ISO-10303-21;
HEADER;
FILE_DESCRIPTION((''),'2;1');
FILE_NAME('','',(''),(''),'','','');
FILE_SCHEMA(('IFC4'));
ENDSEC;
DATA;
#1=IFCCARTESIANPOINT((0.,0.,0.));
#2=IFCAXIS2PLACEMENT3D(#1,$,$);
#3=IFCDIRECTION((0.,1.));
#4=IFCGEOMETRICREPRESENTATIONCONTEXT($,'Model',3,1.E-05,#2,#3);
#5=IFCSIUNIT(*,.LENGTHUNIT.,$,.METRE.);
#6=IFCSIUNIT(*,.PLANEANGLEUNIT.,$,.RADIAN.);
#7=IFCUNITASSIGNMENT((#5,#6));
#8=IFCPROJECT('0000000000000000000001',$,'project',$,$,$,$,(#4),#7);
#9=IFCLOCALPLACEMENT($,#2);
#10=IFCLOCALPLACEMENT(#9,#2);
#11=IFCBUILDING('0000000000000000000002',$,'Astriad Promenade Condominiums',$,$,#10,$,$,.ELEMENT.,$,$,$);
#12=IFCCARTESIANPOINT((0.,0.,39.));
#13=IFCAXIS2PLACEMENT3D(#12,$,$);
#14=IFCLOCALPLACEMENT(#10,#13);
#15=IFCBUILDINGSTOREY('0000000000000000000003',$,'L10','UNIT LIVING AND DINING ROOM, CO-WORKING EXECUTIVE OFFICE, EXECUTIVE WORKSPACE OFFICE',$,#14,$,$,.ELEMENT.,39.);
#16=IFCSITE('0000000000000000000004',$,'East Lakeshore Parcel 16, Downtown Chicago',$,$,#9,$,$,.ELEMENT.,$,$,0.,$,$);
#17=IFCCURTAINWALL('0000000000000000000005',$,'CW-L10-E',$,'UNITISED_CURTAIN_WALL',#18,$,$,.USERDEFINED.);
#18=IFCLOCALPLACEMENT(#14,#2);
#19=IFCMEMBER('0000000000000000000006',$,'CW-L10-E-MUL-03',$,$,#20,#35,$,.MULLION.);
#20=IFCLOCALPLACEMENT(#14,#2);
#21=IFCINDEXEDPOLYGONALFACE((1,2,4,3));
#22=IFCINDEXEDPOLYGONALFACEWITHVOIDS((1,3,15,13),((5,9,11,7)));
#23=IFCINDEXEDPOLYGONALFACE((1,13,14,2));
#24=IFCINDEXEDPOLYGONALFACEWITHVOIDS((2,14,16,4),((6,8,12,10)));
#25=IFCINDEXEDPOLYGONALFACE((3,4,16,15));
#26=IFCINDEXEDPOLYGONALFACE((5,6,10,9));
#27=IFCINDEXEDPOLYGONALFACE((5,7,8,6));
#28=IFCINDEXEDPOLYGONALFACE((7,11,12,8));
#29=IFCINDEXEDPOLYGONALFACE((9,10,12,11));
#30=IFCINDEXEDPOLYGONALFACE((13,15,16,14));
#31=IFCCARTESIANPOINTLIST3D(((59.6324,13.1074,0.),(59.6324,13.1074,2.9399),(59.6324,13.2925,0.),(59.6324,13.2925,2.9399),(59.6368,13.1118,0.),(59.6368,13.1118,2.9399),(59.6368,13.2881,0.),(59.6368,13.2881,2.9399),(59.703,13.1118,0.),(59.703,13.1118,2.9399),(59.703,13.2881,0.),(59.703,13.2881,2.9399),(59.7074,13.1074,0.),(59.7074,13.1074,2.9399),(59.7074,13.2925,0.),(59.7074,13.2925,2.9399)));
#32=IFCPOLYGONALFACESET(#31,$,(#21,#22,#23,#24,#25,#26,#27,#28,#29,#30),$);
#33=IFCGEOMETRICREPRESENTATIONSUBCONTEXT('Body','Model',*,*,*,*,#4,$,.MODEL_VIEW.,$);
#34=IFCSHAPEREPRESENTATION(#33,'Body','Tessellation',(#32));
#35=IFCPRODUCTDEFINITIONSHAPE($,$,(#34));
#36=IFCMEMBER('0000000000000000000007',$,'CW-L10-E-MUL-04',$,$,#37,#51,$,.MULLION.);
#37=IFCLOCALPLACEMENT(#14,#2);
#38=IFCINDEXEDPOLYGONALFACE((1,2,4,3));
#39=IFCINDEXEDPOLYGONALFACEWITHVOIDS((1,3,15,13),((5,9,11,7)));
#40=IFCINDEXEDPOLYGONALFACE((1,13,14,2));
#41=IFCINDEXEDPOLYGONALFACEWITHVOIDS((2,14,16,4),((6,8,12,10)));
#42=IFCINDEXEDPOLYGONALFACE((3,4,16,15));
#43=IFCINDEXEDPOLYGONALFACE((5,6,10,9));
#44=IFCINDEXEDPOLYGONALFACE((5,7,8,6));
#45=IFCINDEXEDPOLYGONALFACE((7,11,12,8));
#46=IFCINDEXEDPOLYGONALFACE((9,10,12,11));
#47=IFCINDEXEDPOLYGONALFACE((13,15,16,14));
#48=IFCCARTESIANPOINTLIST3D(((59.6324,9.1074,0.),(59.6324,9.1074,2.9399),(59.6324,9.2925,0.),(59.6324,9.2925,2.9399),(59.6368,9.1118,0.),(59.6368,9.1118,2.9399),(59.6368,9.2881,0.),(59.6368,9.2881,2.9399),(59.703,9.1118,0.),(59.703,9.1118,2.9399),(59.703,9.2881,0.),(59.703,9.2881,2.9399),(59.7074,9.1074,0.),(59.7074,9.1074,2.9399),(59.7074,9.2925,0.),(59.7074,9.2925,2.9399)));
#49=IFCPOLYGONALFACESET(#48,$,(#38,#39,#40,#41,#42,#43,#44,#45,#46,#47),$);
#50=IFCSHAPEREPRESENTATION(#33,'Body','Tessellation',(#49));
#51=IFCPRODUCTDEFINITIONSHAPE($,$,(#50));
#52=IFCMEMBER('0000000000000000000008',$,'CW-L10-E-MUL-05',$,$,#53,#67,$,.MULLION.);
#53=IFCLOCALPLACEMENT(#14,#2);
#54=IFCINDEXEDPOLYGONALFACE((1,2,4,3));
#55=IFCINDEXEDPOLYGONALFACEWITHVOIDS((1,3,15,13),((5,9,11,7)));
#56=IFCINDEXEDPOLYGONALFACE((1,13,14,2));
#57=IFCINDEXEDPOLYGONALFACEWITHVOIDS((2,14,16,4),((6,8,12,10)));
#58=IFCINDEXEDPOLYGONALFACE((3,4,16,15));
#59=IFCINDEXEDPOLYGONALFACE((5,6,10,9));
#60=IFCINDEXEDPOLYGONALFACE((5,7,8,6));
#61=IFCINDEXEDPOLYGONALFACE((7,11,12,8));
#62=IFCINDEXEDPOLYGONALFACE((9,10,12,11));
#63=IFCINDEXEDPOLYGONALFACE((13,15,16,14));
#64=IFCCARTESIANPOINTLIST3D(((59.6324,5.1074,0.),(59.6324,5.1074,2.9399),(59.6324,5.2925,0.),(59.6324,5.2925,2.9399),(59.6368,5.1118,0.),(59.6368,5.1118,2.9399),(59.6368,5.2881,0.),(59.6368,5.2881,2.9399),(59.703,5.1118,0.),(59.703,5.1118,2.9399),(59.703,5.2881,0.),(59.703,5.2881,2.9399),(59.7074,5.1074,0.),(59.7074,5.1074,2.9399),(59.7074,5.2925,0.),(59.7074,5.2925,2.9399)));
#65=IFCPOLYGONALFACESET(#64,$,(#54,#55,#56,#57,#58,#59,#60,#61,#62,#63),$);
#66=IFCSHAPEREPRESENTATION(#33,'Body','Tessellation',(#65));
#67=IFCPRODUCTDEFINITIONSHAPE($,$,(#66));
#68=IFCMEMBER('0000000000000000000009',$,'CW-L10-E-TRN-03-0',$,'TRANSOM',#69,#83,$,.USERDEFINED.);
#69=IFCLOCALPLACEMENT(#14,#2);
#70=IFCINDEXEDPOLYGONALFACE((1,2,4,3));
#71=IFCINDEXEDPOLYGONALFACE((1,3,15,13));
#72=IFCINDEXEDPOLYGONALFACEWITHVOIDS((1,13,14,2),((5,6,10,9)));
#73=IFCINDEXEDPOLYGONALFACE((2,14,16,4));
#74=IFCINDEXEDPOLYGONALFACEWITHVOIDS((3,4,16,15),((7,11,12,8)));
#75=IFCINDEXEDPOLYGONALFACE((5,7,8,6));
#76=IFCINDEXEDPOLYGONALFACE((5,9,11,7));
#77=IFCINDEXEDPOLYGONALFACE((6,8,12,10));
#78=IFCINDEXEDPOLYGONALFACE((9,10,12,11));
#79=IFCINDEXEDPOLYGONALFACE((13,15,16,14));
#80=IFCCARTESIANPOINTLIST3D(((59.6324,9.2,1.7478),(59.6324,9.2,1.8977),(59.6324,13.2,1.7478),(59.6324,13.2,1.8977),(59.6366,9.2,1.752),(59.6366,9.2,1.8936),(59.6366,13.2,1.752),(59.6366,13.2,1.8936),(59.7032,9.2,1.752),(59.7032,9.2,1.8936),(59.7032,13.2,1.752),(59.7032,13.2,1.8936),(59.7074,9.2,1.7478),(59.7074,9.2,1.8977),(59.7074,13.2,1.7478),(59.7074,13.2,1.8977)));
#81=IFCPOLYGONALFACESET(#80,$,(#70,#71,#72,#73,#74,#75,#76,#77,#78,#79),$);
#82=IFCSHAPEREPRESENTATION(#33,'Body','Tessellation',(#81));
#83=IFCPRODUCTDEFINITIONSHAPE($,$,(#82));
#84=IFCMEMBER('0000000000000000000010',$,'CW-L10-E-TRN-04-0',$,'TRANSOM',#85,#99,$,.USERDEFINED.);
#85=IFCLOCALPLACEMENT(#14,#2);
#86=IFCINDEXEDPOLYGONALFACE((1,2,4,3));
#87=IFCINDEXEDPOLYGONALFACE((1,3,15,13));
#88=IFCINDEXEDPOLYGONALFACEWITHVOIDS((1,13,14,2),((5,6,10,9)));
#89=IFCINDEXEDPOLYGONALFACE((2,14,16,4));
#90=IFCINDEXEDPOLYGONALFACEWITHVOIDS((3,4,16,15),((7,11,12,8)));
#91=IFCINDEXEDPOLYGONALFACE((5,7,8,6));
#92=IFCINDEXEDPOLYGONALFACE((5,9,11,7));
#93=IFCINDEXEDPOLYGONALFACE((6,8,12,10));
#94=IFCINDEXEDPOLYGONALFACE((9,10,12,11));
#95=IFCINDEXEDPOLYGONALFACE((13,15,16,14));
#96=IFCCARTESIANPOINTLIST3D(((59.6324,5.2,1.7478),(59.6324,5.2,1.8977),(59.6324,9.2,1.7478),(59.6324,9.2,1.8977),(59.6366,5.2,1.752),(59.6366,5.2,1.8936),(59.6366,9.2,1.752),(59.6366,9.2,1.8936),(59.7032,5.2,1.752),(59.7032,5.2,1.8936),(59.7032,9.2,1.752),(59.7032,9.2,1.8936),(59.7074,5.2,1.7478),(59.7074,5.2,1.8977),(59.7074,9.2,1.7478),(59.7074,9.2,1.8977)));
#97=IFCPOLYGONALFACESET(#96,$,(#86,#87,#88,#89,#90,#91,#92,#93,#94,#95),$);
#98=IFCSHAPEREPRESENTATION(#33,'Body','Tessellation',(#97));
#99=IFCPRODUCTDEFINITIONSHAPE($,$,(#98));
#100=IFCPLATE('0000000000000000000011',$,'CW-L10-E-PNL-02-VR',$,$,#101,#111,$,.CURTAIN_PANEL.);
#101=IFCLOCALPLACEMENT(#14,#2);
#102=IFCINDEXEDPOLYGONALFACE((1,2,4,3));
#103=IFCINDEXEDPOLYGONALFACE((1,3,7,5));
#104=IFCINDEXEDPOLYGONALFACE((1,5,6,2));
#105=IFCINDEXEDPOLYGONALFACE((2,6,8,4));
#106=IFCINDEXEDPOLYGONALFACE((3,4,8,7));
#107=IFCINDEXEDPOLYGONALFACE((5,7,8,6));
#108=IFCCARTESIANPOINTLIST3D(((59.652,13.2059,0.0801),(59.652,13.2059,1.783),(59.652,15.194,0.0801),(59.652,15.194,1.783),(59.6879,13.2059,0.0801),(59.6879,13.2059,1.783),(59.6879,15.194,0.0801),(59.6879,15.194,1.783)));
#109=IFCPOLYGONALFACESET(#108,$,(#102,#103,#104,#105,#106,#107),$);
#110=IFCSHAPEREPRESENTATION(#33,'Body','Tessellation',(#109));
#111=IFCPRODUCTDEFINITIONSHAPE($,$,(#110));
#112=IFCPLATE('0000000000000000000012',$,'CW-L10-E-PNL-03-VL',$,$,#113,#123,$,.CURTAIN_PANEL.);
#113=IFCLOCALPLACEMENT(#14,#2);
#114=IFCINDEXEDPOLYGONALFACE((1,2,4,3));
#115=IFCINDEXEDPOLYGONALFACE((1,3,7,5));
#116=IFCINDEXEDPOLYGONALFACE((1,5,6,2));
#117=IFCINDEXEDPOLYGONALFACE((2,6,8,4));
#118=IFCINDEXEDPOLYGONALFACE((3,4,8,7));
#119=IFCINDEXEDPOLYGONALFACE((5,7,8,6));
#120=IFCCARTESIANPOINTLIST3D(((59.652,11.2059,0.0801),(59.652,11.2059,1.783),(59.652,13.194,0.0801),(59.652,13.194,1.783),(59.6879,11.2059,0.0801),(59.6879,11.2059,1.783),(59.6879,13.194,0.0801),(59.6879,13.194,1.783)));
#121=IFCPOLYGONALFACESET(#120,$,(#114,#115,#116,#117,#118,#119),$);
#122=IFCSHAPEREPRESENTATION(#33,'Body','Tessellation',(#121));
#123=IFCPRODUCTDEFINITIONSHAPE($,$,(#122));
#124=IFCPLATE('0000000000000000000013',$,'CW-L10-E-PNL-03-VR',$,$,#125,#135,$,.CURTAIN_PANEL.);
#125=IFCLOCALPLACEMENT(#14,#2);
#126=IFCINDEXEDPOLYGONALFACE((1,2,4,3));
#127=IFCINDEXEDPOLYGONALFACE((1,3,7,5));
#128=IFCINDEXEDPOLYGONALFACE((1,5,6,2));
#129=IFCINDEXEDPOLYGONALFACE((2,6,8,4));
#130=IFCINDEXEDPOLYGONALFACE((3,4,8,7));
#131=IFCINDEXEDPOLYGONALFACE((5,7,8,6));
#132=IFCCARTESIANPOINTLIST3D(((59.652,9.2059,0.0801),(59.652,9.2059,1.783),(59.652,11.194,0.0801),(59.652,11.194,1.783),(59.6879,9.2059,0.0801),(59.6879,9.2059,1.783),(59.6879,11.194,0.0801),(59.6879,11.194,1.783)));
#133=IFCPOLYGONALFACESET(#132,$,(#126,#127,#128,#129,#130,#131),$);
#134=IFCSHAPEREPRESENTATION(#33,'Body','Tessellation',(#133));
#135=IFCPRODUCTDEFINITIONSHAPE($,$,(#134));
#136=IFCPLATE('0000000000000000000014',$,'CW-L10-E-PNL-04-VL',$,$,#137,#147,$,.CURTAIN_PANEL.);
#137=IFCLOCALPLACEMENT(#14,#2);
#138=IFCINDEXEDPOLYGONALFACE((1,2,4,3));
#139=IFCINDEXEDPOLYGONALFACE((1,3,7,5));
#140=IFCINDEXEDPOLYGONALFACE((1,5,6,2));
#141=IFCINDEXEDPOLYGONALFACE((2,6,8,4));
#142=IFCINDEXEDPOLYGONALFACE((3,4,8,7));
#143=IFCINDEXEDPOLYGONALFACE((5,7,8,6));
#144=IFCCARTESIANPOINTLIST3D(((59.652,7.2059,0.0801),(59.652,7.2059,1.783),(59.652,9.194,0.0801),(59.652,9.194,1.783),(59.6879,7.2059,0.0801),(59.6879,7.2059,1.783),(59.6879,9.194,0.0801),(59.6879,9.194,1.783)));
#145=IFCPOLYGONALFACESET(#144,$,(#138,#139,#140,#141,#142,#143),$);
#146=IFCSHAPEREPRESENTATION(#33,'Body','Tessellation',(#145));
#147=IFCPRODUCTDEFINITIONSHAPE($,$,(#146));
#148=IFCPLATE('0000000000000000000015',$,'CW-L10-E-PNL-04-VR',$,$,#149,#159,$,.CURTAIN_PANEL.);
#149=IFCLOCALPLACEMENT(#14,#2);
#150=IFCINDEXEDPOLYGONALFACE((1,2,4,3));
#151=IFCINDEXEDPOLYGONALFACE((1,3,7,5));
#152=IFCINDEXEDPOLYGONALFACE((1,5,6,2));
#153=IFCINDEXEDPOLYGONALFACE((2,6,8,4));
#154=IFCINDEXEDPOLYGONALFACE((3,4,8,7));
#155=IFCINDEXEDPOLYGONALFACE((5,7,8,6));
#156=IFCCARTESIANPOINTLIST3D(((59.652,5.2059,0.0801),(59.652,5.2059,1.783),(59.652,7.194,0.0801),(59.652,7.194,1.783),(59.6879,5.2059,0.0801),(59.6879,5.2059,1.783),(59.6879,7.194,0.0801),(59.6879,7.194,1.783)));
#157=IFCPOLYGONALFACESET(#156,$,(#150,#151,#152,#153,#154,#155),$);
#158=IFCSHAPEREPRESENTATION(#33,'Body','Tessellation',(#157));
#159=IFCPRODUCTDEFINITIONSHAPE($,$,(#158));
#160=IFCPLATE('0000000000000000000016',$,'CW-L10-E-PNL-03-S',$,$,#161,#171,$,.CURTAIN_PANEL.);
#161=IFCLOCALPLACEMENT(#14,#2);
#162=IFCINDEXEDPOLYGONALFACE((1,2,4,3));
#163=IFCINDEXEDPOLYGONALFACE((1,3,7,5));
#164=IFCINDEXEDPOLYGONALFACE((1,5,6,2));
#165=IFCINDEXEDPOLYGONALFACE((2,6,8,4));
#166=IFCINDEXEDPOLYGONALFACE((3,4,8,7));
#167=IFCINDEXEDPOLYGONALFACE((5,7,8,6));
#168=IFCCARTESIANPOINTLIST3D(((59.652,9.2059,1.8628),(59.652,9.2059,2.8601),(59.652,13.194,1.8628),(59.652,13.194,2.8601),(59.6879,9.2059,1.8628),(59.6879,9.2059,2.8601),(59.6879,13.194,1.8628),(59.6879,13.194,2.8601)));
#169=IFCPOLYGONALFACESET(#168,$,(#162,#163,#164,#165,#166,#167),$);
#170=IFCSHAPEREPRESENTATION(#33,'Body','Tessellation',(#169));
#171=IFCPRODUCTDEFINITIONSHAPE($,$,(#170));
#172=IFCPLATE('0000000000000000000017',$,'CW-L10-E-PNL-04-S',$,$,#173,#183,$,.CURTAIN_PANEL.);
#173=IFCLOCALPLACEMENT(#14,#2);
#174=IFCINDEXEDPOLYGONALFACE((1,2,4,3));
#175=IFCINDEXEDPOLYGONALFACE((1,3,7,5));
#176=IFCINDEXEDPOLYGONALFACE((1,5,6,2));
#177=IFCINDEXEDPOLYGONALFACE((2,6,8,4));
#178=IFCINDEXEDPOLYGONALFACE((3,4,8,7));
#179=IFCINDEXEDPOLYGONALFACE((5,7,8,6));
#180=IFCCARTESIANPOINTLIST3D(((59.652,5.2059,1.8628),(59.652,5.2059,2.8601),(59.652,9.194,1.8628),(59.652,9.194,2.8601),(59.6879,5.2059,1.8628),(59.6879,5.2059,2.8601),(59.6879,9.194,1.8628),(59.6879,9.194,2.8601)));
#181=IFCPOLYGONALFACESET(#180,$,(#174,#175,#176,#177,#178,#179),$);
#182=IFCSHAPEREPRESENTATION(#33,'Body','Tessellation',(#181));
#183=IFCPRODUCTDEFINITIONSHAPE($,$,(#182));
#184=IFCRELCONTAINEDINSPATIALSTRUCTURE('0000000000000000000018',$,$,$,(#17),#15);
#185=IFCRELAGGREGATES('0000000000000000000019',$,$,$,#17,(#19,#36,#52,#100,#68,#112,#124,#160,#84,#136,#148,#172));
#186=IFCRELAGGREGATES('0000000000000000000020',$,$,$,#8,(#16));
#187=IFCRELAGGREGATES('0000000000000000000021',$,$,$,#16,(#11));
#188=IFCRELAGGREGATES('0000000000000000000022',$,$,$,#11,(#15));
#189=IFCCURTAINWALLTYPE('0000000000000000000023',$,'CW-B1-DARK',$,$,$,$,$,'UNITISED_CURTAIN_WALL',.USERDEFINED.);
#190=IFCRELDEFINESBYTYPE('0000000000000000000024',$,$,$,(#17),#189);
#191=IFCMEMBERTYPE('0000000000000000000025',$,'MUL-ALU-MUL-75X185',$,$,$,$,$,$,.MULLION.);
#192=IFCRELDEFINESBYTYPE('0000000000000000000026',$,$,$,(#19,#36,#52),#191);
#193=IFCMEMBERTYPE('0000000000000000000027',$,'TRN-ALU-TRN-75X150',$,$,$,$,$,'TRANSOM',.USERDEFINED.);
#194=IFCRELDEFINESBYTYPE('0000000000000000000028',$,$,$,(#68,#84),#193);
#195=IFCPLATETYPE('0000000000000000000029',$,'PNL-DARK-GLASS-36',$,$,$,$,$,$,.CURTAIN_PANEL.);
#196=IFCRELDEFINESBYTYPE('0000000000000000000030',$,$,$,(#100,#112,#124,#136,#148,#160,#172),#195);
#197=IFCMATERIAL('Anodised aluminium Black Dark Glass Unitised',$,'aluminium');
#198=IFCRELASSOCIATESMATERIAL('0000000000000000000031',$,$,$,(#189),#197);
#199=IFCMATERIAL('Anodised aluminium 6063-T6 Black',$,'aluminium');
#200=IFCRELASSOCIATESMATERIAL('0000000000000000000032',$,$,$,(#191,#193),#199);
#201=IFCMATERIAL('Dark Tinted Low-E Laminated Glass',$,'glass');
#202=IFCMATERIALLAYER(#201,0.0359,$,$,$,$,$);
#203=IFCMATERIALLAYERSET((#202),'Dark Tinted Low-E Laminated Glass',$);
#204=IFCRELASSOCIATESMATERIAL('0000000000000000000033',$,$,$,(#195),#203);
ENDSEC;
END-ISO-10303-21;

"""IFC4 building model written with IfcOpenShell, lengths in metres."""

from ifc_helpers import new_model, si_unit, direction, frame, origin, origin_2d, place, context, subcontext, project, spatial, rectangle, hollow_rectangle, extrude, source, transform, mapped, material, layer, layer_set, material_profile, profile_set, type_object, type_shapes, element, aggregate, save


model = new_model("IFC4")

# Units and contexts
model_context = context("Model", 3, precision=1e-05, world=origin(), true_north=direction((0.0, 1.0)))
body_context = subcontext(model_context, "Body", "Model", "MODEL_VIEW")
ifc_project = project(units=[si_unit("LENGTHUNIT", "METRE"), si_unit("PLANEANGLEUNIT", "RADIAN")], contexts=[model_context])

# Site, building, storey
site_placement = place(None, origin())
site = spatial("IfcSite", under=ifc_project, at=site_placement, Name="East Lakeshore Parcel 16, Downtown Chicago", CompositionType="ELEMENT", RefElevation=0.0)
building_placement = place(site_placement, origin())
building = spatial("IfcBuilding", under=site, at=building_placement, Name="Astriad Promenade Condominiums", CompositionType="ELEMENT")
storey_placement = place(building_placement, frame((0.0, 0.0, 39.0)))
storey = spatial("IfcBuildingStorey", under=building, at=storey_placement, Name="L10", Description="UNIT LIVING AND DINING ROOM, CO-WORKING EXECUTIVE OFFICE, EXECUTIVE WORKSPACE OFFICE", CompositionType="ELEMENT", Elevation=39.0)

# Curtain wall, members, plates
ifc_material_1 = material(Name="Anodised aluminium Black Dark Glass Unitised", Category="aluminium")
curtain_wall_type = type_object("IfcCurtainWallType", Name="CW-B1-DARK", ElementType="UNITISED_CURTAIN_WALL", PredefinedType="USERDEFINED", material=ifc_material_1)
curtain_wall_placement = place(storey_placement, origin())
curtain_wall = element("IfcCurtainWall", 1, at=curtain_wall_placement, inside=storey, type_object=curtain_wall_type, Name="CW-L10-E", ObjectType="UNITISED_CURTAIN_WALL", PredefinedType="USERDEFINED")
ifc_material_2 = material(Name="Anodised aluminium 6063-T6 Black", Category="aluminium")
ifc_material_profile_1 = material_profile(ifc_material_2, hollow_rectangle(XDim=0.075, YDim=0.1851, WallThickness=0.0044, at=origin_2d()), Name="ALU-MUL-75X185")
ifc_profile_set_1 = profile_set([ifc_material_profile_1], Name="Anodised aluminium 6063-T6 Black")
member_type_1 = type_object("IfcMemberType", Name="MUL-ALU-MUL-75X185", PredefinedType="MULLION", material=ifc_profile_set_1)
shared_shape_1 = source(origin(), body_context, "Body", "SweptSolid", [
    extrude(hollow_rectangle(XDim=0.075, YDim=0.1851, WallThickness=0.0044, at=origin_2d()), origin(), (0.0, 0.0, 1.0), 2.9399),
])
type_shapes(member_type_1, [shared_shape_1])
member_1_placement = place(storey_placement, frame((59.6699, 13.2, 0.0), z_axis=(0.0, 0.0, 1.0), x_axis=(1.0, 0.0, 0.0)))
member_1 = element("IfcMember", 2, at=member_1_placement, type_object=member_type_1, Name="CW-L10-E-MUL-03", PredefinedType="MULLION", context=body_context, shape_type="MappedRepresentation", body=[
    mapped(shared_shape_1, transform((0.0, 0.0, 0.0), scale=1.0)),
])
member_2_placement = place(storey_placement, frame((59.6699, 9.2, 0.0), z_axis=(0.0, 0.0, 1.0), x_axis=(1.0, 0.0, 0.0)))
member_2 = element("IfcMember", 3, at=member_2_placement, type_object=member_type_1, Name="CW-L10-E-MUL-04", PredefinedType="MULLION", context=body_context, shape_type="MappedRepresentation", body=[
    mapped(shared_shape_1, transform((0.0, 0.0, 0.0), scale=1.0)),
])
member_3_placement = place(storey_placement, frame((59.6699, 5.2, 0.0), z_axis=(0.0, 0.0, 1.0), x_axis=(1.0, 0.0, 0.0)))
member_3 = element("IfcMember", 4, at=member_3_placement, type_object=member_type_1, Name="CW-L10-E-MUL-05", PredefinedType="MULLION", context=body_context, shape_type="MappedRepresentation", body=[
    mapped(shared_shape_1, transform((0.0, 0.0, 0.0), scale=1.0)),
])
ifc_material_profile_2 = material_profile(ifc_material_2, hollow_rectangle(XDim=0.075, YDim=0.1499, WallThickness=0.0042, at=origin_2d()), Name="ALU-TRN-75X150")
ifc_profile_set_2 = profile_set([ifc_material_profile_2], Name="Anodised aluminium 6063-T6 Black")
member_type_2 = type_object("IfcMemberType", Name="TRN-ALU-TRN-75X150", ElementType="TRANSOM", PredefinedType="USERDEFINED", material=ifc_profile_set_2)
shared_shape_2 = source(origin(), body_context, "Body", "SweptSolid", [
    extrude(hollow_rectangle(XDim=0.075, YDim=0.1499, WallThickness=0.0042, at=origin_2d()), origin(), (0.0, 0.0, 1.0), 4.0),
])
type_shapes(member_type_2, [shared_shape_2])
member_4_placement = place(storey_placement, frame((59.6699, 13.2, 1.8228), z_axis=(0.0, -1.0, 0.0), x_axis=(1.0, 0.0, 0.0)))
member_4 = element("IfcMember", 5, at=member_4_placement, type_object=member_type_2, Name="CW-L10-E-TRN-03-0", ObjectType="TRANSOM", PredefinedType="USERDEFINED", context=body_context, shape_type="MappedRepresentation", body=[
    mapped(shared_shape_2, transform((0.0, 0.0, 0.0), scale=1.0)),
])
member_5_placement = place(storey_placement, frame((59.6699, 9.2, 1.8228), z_axis=(0.0, -1.0, 0.0), x_axis=(1.0, 0.0, 0.0)))
member_5 = element("IfcMember", 6, at=member_5_placement, type_object=member_type_2, Name="CW-L10-E-TRN-04-0", ObjectType="TRANSOM", PredefinedType="USERDEFINED", context=body_context, shape_type="MappedRepresentation", body=[
    mapped(shared_shape_2, transform((0.0, 0.0, 0.0), scale=1.0)),
])
ifc_material_3 = material(Name="Dark Tinted Low-E Laminated Glass", Category="glass")
ifc_layer_1 = layer(ifc_material_3, 0.0359)
ifc_layer_set_1 = layer_set([ifc_layer_1], Name="Dark Tinted Low-E Laminated Glass")
plate_type = type_object("IfcPlateType", Name="PNL-DARK-GLASS-36", PredefinedType="CURTAIN_PANEL", material=ifc_layer_set_1)
shared_shape_3 = source(origin(), body_context, "Body", "SweptSolid", [
    extrude(rectangle(XDim=1.988, YDim=0.0359, at=origin_2d()), origin(), (0.0, 0.0, 1.0), 1.7029),
])
plate_1_placement = place(storey_placement, frame((59.6699, 14.2, 0.0801), z_axis=(0.0, 0.0, 1.0), x_axis=(0.0, -1.0, 0.0)))
plate_1 = element("IfcPlate", 7, at=plate_1_placement, type_object=plate_type, Name="CW-L10-E-PNL-02-VR", PredefinedType="CURTAIN_PANEL", context=body_context, shape_type="MappedRepresentation", body=[
    mapped(shared_shape_3, transform((0.0, 0.0, 0.0), scale=1.0)),
])
plate_2_placement = place(storey_placement, frame((59.6699, 12.2, 0.0801), z_axis=(0.0, 0.0, 1.0), x_axis=(0.0, -1.0, 0.0)))
plate_2 = element("IfcPlate", 8, at=plate_2_placement, type_object=plate_type, Name="CW-L10-E-PNL-03-VL", PredefinedType="CURTAIN_PANEL", context=body_context, shape_type="MappedRepresentation", body=[
    mapped(shared_shape_3, transform((0.0, 0.0, 0.0), scale=1.0)),
])
plate_3_placement = place(storey_placement, frame((59.6699, 10.2, 0.0801), z_axis=(0.0, 0.0, 1.0), x_axis=(0.0, -1.0, 0.0)))
plate_3 = element("IfcPlate", 9, at=plate_3_placement, type_object=plate_type, Name="CW-L10-E-PNL-03-VR", PredefinedType="CURTAIN_PANEL", context=body_context, shape_type="MappedRepresentation", body=[
    mapped(shared_shape_3, transform((0.0, 0.0, 0.0), scale=1.0)),
])
plate_4_placement = place(storey_placement, frame((59.6699, 8.2, 0.0801), z_axis=(0.0, 0.0, 1.0), x_axis=(0.0, -1.0, 0.0)))
plate_4 = element("IfcPlate", 10, at=plate_4_placement, type_object=plate_type, Name="CW-L10-E-PNL-04-VL", PredefinedType="CURTAIN_PANEL", context=body_context, shape_type="MappedRepresentation", body=[
    mapped(shared_shape_3, transform((0.0, 0.0, 0.0), scale=1.0)),
])
plate_5_placement = place(storey_placement, frame((59.6699, 6.2, 0.0801), z_axis=(0.0, 0.0, 1.0), x_axis=(0.0, -1.0, 0.0)))
plate_5 = element("IfcPlate", 11, at=plate_5_placement, type_object=plate_type, Name="CW-L10-E-PNL-04-VR", PredefinedType="CURTAIN_PANEL", context=body_context, shape_type="MappedRepresentation", body=[
    mapped(shared_shape_3, transform((0.0, 0.0, 0.0), scale=1.0)),
])
shared_shape_4 = source(origin(), body_context, "Body", "SweptSolid", [
    extrude(rectangle(XDim=3.988, YDim=0.0359, at=origin_2d()), origin(), (0.0, 0.0, 1.0), 0.9973),
])
type_shapes(plate_type, [shared_shape_3, shared_shape_4])
plate_6_placement = place(storey_placement, frame((59.6699, 11.2, 1.8628), z_axis=(0.0, 0.0, 1.0), x_axis=(0.0, -1.0, 0.0)))
plate_6 = element("IfcPlate", 12, at=plate_6_placement, type_object=plate_type, Name="CW-L10-E-PNL-03-S", PredefinedType="CURTAIN_PANEL", context=body_context, shape_type="MappedRepresentation", body=[
    mapped(shared_shape_4, transform((0.0, 0.0, 0.0), scale=1.0)),
])
plate_7_placement = place(storey_placement, frame((59.6699, 7.2, 1.8628), z_axis=(0.0, 0.0, 1.0), x_axis=(0.0, -1.0, 0.0)))
plate_7 = element("IfcPlate", 13, at=plate_7_placement, type_object=plate_type, Name="CW-L10-E-PNL-04-S", PredefinedType="CURTAIN_PANEL", context=body_context, shape_type="MappedRepresentation", body=[
    mapped(shared_shape_4, transform((0.0, 0.0, 0.0), scale=1.0)),
])
aggregate(curtain_wall, [member_1, member_2, member_3, plate_1, member_4, plate_2, plate_3, plate_6, member_5, plate_4, plate_5, plate_7])

save(model, "model.ifc")
